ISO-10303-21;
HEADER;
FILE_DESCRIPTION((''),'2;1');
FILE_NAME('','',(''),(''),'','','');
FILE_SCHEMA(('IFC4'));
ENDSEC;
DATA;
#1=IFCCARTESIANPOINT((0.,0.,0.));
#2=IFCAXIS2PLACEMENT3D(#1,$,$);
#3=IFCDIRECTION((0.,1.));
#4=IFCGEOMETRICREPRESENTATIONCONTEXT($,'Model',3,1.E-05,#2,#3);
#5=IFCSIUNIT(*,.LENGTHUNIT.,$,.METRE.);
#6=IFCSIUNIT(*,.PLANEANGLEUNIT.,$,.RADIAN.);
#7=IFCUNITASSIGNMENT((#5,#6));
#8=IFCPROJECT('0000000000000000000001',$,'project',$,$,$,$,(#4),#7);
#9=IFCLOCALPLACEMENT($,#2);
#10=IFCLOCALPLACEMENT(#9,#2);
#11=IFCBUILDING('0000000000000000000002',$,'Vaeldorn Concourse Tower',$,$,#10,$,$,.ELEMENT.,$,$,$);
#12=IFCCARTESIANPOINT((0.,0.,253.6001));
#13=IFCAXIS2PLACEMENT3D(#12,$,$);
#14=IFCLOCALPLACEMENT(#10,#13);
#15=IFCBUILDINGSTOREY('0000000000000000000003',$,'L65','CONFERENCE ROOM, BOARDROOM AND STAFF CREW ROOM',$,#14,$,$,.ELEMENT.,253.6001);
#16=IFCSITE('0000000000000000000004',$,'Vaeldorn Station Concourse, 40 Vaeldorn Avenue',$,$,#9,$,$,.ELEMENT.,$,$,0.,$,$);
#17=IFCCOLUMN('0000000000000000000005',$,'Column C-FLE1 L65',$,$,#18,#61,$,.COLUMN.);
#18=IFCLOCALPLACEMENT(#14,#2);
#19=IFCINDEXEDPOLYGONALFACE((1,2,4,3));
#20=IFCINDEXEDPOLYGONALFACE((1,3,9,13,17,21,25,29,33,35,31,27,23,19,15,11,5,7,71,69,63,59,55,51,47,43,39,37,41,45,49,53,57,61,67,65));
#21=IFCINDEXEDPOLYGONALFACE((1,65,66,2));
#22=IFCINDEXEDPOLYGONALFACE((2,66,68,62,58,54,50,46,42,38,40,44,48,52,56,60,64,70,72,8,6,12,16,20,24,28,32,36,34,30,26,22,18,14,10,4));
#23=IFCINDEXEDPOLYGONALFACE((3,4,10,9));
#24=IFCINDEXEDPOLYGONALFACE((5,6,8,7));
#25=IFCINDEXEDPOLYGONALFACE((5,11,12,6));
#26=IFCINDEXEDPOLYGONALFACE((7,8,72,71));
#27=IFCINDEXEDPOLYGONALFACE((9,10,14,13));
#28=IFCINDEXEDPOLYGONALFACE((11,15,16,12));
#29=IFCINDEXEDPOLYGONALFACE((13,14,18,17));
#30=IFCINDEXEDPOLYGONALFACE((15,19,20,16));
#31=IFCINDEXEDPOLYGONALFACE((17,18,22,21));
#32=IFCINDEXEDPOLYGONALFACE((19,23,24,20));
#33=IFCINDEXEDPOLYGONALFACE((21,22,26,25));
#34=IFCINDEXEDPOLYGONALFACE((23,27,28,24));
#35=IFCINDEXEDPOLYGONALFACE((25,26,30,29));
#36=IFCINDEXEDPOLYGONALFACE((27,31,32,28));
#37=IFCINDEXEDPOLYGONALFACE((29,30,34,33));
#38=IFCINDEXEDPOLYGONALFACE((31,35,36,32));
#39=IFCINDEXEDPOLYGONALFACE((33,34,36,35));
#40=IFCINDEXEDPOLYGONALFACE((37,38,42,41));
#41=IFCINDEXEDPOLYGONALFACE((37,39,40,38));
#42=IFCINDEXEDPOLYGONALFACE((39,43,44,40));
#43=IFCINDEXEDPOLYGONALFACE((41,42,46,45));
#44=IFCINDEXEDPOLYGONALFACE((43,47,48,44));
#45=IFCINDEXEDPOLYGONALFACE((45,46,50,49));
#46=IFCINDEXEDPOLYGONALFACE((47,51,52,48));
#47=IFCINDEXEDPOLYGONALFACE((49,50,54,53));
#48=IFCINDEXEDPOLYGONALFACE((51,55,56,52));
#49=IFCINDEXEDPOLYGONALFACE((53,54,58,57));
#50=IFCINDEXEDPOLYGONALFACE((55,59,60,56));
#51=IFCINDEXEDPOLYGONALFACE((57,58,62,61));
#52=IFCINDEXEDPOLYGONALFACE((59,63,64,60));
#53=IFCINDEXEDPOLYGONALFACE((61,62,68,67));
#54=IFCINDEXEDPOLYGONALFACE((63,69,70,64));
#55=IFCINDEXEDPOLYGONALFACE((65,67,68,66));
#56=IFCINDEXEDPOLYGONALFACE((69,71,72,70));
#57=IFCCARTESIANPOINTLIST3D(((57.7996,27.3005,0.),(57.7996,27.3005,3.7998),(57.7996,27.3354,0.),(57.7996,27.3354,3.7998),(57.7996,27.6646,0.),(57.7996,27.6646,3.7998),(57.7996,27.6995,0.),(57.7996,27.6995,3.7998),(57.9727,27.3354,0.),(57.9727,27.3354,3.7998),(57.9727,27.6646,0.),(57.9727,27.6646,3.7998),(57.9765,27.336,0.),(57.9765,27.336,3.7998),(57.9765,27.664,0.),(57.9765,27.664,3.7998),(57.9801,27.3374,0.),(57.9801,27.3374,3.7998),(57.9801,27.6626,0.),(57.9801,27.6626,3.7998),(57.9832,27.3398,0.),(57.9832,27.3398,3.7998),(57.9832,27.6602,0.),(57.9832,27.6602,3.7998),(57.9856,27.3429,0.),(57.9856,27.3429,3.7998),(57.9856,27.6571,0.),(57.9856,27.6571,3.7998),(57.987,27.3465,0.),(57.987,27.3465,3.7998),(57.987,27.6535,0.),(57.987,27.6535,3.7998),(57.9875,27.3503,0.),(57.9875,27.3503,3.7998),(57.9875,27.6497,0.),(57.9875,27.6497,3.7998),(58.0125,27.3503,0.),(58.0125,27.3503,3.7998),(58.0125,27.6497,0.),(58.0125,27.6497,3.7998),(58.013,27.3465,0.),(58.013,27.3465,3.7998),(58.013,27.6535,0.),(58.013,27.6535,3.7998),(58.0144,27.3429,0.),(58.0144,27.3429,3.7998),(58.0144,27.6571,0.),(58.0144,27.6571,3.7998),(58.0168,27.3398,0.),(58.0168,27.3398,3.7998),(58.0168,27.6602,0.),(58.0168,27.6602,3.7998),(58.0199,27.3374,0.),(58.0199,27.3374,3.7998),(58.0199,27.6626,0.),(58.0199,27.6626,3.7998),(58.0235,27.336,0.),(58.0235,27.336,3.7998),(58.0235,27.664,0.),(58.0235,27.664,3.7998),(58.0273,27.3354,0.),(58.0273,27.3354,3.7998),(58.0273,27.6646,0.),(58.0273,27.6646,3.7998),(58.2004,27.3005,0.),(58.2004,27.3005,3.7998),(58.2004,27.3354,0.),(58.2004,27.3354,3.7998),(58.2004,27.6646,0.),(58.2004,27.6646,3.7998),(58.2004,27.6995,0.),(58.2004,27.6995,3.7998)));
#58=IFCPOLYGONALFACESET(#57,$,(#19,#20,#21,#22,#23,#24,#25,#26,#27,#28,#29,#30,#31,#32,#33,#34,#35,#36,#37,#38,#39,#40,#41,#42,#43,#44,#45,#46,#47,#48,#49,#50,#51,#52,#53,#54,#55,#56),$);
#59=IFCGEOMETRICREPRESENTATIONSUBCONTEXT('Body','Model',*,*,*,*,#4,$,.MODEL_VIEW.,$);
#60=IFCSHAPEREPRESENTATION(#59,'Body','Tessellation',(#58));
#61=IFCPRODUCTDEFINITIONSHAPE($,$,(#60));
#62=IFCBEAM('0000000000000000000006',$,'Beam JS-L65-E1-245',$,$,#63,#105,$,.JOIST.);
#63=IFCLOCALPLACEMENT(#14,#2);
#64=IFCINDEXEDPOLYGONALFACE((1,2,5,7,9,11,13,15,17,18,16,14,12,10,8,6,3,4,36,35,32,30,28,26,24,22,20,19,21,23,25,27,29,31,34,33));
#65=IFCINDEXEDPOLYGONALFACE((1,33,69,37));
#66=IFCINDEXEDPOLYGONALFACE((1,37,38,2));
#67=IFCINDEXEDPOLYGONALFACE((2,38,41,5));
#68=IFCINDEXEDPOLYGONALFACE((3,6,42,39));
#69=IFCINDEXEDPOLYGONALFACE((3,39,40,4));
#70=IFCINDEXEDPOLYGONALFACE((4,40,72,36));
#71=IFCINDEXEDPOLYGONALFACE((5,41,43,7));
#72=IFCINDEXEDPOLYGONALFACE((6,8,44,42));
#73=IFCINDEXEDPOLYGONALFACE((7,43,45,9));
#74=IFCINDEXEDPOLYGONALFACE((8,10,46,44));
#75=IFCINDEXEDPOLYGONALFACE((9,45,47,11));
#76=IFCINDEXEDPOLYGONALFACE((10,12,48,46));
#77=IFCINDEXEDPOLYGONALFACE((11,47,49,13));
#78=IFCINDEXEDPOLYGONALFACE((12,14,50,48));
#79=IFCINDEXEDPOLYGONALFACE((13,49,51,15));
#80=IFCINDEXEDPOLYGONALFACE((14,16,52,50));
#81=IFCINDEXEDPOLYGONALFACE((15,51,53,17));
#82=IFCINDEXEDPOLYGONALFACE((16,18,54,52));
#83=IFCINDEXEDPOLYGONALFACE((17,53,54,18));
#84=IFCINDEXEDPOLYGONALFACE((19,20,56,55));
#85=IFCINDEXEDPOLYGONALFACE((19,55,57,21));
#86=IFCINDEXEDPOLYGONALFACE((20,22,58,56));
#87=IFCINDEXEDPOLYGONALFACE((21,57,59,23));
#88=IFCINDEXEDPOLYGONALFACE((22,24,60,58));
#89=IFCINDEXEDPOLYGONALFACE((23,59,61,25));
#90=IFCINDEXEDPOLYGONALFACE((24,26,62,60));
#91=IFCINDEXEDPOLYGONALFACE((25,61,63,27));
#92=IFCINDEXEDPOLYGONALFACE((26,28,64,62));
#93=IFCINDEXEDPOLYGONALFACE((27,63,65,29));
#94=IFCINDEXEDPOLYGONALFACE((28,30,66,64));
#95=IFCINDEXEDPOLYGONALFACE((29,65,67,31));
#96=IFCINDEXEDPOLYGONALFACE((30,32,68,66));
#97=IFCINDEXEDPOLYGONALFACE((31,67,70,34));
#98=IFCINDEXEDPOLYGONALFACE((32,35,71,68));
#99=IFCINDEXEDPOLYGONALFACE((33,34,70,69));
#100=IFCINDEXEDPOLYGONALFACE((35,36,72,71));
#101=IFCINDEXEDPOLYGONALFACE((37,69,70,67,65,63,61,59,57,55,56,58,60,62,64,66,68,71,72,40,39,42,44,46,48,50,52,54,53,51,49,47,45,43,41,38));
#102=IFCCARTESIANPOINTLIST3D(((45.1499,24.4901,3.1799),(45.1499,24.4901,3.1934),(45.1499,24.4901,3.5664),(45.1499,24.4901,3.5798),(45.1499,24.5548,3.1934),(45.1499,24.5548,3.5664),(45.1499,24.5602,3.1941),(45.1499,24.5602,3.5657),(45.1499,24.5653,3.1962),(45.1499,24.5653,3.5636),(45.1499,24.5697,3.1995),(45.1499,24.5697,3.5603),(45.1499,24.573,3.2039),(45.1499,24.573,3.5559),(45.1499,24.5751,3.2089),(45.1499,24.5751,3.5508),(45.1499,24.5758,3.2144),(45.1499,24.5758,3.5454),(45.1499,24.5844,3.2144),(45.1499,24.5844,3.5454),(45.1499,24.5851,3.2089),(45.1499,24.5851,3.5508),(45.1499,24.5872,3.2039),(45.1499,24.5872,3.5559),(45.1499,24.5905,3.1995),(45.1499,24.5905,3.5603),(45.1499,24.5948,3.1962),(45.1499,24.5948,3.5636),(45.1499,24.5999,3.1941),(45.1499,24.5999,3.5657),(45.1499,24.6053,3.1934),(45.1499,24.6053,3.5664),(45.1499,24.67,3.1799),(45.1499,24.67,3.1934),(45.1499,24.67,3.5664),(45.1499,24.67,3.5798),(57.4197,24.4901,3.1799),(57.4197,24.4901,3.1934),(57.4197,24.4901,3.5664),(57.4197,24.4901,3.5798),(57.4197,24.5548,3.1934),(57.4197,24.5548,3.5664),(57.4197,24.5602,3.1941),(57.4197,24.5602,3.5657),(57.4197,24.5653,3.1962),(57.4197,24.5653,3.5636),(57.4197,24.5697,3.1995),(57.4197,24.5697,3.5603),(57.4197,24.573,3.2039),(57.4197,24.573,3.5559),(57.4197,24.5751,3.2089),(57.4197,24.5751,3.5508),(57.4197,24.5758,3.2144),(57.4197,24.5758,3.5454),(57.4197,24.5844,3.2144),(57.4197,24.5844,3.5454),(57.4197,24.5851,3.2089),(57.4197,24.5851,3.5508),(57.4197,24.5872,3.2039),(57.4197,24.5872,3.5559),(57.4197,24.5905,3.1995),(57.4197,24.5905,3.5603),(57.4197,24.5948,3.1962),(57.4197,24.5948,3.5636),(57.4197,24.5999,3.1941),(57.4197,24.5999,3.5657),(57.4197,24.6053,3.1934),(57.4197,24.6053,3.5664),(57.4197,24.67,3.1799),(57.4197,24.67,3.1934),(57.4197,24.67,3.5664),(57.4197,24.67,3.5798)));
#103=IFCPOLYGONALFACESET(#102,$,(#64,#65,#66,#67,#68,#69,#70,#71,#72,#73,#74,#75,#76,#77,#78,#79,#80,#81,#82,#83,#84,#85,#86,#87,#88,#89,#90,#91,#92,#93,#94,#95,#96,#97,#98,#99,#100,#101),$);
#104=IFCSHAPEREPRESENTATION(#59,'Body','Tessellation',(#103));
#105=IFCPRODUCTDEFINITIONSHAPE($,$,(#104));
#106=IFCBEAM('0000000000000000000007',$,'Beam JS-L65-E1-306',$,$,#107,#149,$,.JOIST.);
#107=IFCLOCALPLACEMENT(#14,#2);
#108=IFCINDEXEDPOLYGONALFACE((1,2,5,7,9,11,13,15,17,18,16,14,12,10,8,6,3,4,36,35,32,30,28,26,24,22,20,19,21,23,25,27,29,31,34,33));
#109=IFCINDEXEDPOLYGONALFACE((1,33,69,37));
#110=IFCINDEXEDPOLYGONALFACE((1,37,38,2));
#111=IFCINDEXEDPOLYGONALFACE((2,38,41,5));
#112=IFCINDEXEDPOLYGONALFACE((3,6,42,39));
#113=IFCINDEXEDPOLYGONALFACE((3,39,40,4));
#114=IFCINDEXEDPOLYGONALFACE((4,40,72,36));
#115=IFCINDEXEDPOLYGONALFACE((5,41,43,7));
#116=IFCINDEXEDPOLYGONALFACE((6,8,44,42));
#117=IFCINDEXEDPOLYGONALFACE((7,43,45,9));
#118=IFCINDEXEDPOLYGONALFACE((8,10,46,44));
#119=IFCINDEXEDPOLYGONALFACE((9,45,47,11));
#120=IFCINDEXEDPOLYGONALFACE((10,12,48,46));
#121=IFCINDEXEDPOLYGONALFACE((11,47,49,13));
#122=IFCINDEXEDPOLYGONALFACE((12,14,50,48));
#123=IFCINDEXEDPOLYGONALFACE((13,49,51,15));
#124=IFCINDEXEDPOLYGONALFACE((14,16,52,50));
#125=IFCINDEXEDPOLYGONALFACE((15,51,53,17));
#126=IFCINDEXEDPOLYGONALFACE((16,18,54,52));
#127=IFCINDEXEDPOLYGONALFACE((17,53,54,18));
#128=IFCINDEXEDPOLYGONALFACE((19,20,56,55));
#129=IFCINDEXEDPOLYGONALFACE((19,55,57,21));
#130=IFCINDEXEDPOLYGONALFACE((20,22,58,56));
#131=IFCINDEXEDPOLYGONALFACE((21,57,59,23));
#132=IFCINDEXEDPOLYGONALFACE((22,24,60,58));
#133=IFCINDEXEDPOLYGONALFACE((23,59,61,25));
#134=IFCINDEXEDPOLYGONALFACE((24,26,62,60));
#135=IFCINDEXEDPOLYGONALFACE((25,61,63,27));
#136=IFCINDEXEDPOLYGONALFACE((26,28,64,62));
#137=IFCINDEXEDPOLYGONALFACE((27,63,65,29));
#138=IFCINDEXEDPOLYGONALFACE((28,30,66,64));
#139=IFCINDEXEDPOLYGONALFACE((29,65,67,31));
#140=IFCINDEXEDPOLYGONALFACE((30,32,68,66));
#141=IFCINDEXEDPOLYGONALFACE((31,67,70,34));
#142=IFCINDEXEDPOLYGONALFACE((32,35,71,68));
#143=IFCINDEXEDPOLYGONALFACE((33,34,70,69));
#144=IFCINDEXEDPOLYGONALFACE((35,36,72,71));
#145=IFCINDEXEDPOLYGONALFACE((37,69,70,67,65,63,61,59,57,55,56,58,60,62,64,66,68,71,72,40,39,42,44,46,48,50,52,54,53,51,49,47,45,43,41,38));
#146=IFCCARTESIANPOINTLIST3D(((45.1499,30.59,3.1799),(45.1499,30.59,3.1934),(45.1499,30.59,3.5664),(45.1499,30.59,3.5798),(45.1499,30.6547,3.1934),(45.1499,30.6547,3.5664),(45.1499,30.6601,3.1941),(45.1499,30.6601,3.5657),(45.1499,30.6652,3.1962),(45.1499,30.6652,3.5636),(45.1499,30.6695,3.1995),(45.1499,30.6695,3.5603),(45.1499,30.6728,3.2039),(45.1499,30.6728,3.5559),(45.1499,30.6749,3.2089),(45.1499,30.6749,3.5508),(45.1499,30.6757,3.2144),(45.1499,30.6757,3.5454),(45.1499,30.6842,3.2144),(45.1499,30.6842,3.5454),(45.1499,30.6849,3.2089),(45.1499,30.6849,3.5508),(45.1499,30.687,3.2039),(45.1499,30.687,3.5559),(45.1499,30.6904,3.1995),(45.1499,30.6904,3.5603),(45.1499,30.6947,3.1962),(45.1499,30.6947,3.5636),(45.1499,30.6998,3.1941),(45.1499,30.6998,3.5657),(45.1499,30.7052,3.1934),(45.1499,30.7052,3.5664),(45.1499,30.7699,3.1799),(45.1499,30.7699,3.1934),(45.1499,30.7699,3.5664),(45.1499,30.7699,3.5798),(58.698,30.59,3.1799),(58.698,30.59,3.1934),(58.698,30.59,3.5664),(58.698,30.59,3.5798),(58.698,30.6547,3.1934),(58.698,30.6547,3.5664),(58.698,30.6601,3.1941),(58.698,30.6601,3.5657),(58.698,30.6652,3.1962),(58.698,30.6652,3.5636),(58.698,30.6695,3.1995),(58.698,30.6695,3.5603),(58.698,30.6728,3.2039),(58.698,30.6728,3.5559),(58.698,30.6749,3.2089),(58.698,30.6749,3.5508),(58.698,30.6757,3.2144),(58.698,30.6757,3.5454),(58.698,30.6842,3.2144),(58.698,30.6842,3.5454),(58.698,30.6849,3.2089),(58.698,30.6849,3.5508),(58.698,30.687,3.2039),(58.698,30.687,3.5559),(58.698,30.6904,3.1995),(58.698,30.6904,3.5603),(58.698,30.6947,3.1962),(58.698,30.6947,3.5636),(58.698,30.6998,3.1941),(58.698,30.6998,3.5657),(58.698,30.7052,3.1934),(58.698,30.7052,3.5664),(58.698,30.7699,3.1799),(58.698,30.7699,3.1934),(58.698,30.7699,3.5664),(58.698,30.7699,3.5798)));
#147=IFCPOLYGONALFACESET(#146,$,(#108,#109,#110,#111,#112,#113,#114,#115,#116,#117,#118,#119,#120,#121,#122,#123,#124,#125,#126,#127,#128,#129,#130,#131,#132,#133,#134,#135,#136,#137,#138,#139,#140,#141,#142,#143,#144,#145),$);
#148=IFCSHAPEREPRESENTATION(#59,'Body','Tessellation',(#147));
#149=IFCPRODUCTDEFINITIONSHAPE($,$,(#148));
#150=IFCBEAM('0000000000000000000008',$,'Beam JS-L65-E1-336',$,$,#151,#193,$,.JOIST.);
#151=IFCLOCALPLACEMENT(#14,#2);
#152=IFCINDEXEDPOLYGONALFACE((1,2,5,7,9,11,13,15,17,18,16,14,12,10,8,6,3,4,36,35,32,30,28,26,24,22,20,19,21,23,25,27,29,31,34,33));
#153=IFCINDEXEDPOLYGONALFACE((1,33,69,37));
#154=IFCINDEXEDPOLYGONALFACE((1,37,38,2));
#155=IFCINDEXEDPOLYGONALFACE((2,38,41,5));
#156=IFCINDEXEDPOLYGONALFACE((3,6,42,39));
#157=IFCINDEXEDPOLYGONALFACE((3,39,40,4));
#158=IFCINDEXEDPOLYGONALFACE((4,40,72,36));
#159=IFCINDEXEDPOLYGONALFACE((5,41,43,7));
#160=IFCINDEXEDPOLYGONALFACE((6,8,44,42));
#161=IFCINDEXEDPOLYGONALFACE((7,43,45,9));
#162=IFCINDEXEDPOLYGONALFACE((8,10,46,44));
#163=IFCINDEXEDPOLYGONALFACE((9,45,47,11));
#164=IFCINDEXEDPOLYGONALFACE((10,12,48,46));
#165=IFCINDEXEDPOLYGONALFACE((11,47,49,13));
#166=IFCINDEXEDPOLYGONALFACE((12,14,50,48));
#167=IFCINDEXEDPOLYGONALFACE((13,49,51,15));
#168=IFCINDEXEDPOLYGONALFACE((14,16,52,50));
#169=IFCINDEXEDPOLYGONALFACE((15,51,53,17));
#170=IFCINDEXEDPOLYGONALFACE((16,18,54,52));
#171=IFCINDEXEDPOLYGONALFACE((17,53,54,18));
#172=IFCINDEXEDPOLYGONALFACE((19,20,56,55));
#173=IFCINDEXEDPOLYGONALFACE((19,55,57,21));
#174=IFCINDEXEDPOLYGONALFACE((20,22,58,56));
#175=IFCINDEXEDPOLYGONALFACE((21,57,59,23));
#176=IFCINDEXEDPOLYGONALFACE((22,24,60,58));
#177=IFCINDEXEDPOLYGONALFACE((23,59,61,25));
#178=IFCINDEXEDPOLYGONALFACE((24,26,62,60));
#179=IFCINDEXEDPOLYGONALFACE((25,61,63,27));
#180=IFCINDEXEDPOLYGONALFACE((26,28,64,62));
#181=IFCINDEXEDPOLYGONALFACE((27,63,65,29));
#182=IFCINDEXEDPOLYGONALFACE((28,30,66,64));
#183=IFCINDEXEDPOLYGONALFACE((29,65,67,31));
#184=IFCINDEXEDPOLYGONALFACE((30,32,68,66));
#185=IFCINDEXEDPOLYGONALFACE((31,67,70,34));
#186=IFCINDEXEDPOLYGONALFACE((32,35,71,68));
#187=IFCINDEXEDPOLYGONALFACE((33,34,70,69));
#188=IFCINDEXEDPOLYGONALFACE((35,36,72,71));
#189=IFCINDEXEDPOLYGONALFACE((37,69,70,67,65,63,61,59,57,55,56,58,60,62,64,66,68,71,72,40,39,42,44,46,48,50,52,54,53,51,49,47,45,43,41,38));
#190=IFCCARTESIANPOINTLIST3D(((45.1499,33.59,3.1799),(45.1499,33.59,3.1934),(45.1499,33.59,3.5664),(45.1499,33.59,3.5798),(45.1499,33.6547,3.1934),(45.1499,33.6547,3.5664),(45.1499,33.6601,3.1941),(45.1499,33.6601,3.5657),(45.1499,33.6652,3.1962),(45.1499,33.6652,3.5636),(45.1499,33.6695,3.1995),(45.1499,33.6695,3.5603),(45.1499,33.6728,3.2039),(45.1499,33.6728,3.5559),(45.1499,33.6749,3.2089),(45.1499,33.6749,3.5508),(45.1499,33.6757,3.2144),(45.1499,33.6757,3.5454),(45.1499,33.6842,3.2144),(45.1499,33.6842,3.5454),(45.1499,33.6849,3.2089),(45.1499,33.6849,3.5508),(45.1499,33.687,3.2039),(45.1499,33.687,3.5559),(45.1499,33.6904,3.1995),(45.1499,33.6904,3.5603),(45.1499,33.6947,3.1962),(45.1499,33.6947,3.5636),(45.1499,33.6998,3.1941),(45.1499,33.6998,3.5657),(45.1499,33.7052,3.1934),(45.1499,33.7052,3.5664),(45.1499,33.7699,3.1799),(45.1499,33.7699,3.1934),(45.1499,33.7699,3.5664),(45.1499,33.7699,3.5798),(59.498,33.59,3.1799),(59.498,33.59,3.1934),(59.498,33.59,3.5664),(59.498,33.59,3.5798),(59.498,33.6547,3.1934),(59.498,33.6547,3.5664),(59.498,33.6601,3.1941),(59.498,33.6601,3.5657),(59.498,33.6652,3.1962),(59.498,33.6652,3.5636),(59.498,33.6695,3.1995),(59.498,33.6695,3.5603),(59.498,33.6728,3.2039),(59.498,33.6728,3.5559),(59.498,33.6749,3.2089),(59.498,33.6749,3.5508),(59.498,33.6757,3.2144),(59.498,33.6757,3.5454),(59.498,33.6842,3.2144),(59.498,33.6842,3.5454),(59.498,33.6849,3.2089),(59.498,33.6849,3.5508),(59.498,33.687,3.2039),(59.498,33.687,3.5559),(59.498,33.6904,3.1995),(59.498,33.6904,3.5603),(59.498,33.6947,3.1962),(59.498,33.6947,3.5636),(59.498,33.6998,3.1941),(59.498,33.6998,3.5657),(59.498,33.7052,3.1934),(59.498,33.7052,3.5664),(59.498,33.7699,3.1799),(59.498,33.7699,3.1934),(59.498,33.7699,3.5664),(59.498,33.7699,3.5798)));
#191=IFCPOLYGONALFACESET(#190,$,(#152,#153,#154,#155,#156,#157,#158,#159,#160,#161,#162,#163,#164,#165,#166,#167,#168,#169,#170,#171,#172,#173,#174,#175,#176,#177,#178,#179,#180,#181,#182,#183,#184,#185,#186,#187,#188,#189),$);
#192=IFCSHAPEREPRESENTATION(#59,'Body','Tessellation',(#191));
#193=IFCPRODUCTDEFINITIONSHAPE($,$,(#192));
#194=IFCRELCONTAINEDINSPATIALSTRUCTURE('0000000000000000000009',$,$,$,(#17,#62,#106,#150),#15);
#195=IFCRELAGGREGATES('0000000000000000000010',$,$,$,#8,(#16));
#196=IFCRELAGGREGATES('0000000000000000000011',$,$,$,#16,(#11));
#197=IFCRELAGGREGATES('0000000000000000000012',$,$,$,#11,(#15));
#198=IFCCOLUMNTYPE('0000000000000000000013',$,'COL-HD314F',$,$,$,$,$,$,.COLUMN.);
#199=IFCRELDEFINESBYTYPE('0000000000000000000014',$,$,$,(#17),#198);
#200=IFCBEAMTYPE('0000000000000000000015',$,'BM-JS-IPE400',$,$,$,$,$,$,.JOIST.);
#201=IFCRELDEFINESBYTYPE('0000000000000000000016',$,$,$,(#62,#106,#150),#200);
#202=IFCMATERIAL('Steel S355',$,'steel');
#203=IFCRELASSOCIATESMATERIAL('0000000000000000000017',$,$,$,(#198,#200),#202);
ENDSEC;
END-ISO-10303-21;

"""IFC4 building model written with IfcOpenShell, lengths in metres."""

from ifc_helpers import new_model, si_unit, direction, frame, origin, origin_2d, place, context, subcontext, project, spatial, i_section, extrude, source, transform, mapped, material, material_profile, profile_set, type_object, element, save


model = new_model("IFC4")

# Units and contexts
model_context = context("Model", 3, precision=1e-05, world=origin(), true_north=direction((0.0, 1.0)))
body_context = subcontext(model_context, "Body", "Model", "MODEL_VIEW")
ifc_project = project(units=[si_unit("LENGTHUNIT", "METRE"), si_unit("PLANEANGLEUNIT", "RADIAN")], contexts=[model_context])

# Site, building, storey
site_placement = place(None, origin())
site = spatial("IfcSite", under=ifc_project, at=site_placement, Name="Vaeldorn Station Concourse, 40 Vaeldorn Avenue", CompositionType="ELEMENT", RefElevation=0.0)
building_placement = place(site_placement, origin())
building = spatial("IfcBuilding", under=site, at=building_placement, Name="Vaeldorn Concourse Tower", CompositionType="ELEMENT")
storey_placement = place(building_placement, frame((0.0, 0.0, 253.6001)))
storey = spatial("IfcBuildingStorey", under=building, at=storey_placement, Name="L65", Description="CONFERENCE ROOM, BOARDROOM AND STAFF CREW ROOM", CompositionType="ELEMENT", Elevation=253.6001)

# Column
ifc_material_1 = material(Name="Steel S355", Category="steel")
ifc_material_profile_1 = material_profile(ifc_material_1, i_section(OverallWidth=0.4009, OverallDepth=0.3989, WebThickness=0.0249, FlangeThickness=0.0349, FilletRadius=0.0149, at=origin_2d()), Name="HD 400x314")
ifc_profile_set_1 = profile_set([ifc_material_profile_1], Name="Steel S355")
column_type = type_object("IfcColumnType", Name="COL-HD314F", PredefinedType="COLUMN", material=ifc_profile_set_1)
shared_shape_1 = source(origin(), body_context, "Body", "SweptSolid", [
    extrude(i_section(OverallWidth=0.4009, OverallDepth=0.3989, WebThickness=0.0249, FlangeThickness=0.0349, FilletRadius=0.0149, at=origin_2d()), origin(), (0.0, 0.0, 1.0), 3.7998),
])
column_placement = place(storey_placement, frame((58.0, 27.5, 0.0), z_axis=(0.0, 0.0, 1.0), x_axis=(1.0, 0.0, 0.0)))
element("IfcColumn", 1, at=column_placement, inside=storey, type_object=column_type, Name="Column C-FLE1 L65", PredefinedType="COLUMN", context=body_context, shape_type="MappedRepresentation", body=[
    mapped(shared_shape_1, transform((0.0, 0.0, 0.0), scale=1.0)),
])

# Beams
ifc_material_profile_2 = material_profile(ifc_material_1, i_section(OverallWidth=0.1799, OverallDepth=0.3999, WebThickness=0.0085, FlangeThickness=0.0134, FilletRadius=0.021, at=origin_2d()), Name="IPE 400")
ifc_profile_set_2 = profile_set([ifc_material_profile_2], Name="Steel S355")
beam_type_1 = type_object("IfcBeamType", Name="BM-JS-IPE400", PredefinedType="JOIST", material=ifc_profile_set_2)
shared_shape_2 = source(origin(), body_context, "Body", "SweptSolid", [
    extrude(i_section(OverallWidth=0.1799, OverallDepth=0.3999, WebThickness=0.0085, FlangeThickness=0.0134, FilletRadius=0.021, at=origin_2d()), origin(), (0.0, 0.0, 1.0), 12.2698),
])
beam_1_placement = place(storey_placement, frame((45.1499, 24.5801, 3.3799), z_axis=(1.0, 0.0, 0.0), x_axis=(0.0, 1.0, 0.0)))
element("IfcBeam", 2, at=beam_1_placement, inside=storey, type_object=beam_type_1, Name="Beam JS-L65-E1-245", PredefinedType="JOIST", context=body_context, shape_type="MappedRepresentation", body=[
    mapped(shared_shape_2, transform((0.0, 0.0, 0.0), scale=1.0)),
])
shared_shape_3 = source(origin(), body_context, "Body", "SweptSolid", [
    extrude(i_section(OverallWidth=0.1799, OverallDepth=0.3999, WebThickness=0.0085, FlangeThickness=0.0134, FilletRadius=0.021, at=origin_2d()), origin(), (0.0, 0.0, 1.0), 13.5481),
])
beam_2_placement = place(storey_placement, frame((45.1499, 30.6799, 3.3799), z_axis=(1.0, 0.0, 0.0), x_axis=(0.0, 1.0, 0.0)))
element("IfcBeam", 3, at=beam_2_placement, inside=storey, type_object=beam_type_1, Name="Beam JS-L65-E1-306", PredefinedType="JOIST", context=body_context, shape_type="MappedRepresentation", body=[
    mapped(shared_shape_3, transform((0.0, 0.0, 0.0), scale=1.0)),
])
shared_shape_4 = source(origin(), body_context, "Body", "SweptSolid", [
    extrude(i_section(OverallWidth=0.1799, OverallDepth=0.3999, WebThickness=0.0085, FlangeThickness=0.0134, FilletRadius=0.021, at=origin_2d()), origin(), (0.0, 0.0, 1.0), 14.3481),
])
beam_3_placement = place(storey_placement, frame((45.1499, 33.6799, 3.3799), z_axis=(1.0, 0.0, 0.0), x_axis=(0.0, 1.0, 0.0)))
element("IfcBeam", 4, at=beam_3_placement, inside=storey, type_object=beam_type_1, Name="Beam JS-L65-E1-336", PredefinedType="JOIST", context=body_context, shape_type="MappedRepresentation", body=[
    mapped(shared_shape_4, transform((0.0, 0.0, 0.0), scale=1.0)),
])

save(model, "model.ifc")
